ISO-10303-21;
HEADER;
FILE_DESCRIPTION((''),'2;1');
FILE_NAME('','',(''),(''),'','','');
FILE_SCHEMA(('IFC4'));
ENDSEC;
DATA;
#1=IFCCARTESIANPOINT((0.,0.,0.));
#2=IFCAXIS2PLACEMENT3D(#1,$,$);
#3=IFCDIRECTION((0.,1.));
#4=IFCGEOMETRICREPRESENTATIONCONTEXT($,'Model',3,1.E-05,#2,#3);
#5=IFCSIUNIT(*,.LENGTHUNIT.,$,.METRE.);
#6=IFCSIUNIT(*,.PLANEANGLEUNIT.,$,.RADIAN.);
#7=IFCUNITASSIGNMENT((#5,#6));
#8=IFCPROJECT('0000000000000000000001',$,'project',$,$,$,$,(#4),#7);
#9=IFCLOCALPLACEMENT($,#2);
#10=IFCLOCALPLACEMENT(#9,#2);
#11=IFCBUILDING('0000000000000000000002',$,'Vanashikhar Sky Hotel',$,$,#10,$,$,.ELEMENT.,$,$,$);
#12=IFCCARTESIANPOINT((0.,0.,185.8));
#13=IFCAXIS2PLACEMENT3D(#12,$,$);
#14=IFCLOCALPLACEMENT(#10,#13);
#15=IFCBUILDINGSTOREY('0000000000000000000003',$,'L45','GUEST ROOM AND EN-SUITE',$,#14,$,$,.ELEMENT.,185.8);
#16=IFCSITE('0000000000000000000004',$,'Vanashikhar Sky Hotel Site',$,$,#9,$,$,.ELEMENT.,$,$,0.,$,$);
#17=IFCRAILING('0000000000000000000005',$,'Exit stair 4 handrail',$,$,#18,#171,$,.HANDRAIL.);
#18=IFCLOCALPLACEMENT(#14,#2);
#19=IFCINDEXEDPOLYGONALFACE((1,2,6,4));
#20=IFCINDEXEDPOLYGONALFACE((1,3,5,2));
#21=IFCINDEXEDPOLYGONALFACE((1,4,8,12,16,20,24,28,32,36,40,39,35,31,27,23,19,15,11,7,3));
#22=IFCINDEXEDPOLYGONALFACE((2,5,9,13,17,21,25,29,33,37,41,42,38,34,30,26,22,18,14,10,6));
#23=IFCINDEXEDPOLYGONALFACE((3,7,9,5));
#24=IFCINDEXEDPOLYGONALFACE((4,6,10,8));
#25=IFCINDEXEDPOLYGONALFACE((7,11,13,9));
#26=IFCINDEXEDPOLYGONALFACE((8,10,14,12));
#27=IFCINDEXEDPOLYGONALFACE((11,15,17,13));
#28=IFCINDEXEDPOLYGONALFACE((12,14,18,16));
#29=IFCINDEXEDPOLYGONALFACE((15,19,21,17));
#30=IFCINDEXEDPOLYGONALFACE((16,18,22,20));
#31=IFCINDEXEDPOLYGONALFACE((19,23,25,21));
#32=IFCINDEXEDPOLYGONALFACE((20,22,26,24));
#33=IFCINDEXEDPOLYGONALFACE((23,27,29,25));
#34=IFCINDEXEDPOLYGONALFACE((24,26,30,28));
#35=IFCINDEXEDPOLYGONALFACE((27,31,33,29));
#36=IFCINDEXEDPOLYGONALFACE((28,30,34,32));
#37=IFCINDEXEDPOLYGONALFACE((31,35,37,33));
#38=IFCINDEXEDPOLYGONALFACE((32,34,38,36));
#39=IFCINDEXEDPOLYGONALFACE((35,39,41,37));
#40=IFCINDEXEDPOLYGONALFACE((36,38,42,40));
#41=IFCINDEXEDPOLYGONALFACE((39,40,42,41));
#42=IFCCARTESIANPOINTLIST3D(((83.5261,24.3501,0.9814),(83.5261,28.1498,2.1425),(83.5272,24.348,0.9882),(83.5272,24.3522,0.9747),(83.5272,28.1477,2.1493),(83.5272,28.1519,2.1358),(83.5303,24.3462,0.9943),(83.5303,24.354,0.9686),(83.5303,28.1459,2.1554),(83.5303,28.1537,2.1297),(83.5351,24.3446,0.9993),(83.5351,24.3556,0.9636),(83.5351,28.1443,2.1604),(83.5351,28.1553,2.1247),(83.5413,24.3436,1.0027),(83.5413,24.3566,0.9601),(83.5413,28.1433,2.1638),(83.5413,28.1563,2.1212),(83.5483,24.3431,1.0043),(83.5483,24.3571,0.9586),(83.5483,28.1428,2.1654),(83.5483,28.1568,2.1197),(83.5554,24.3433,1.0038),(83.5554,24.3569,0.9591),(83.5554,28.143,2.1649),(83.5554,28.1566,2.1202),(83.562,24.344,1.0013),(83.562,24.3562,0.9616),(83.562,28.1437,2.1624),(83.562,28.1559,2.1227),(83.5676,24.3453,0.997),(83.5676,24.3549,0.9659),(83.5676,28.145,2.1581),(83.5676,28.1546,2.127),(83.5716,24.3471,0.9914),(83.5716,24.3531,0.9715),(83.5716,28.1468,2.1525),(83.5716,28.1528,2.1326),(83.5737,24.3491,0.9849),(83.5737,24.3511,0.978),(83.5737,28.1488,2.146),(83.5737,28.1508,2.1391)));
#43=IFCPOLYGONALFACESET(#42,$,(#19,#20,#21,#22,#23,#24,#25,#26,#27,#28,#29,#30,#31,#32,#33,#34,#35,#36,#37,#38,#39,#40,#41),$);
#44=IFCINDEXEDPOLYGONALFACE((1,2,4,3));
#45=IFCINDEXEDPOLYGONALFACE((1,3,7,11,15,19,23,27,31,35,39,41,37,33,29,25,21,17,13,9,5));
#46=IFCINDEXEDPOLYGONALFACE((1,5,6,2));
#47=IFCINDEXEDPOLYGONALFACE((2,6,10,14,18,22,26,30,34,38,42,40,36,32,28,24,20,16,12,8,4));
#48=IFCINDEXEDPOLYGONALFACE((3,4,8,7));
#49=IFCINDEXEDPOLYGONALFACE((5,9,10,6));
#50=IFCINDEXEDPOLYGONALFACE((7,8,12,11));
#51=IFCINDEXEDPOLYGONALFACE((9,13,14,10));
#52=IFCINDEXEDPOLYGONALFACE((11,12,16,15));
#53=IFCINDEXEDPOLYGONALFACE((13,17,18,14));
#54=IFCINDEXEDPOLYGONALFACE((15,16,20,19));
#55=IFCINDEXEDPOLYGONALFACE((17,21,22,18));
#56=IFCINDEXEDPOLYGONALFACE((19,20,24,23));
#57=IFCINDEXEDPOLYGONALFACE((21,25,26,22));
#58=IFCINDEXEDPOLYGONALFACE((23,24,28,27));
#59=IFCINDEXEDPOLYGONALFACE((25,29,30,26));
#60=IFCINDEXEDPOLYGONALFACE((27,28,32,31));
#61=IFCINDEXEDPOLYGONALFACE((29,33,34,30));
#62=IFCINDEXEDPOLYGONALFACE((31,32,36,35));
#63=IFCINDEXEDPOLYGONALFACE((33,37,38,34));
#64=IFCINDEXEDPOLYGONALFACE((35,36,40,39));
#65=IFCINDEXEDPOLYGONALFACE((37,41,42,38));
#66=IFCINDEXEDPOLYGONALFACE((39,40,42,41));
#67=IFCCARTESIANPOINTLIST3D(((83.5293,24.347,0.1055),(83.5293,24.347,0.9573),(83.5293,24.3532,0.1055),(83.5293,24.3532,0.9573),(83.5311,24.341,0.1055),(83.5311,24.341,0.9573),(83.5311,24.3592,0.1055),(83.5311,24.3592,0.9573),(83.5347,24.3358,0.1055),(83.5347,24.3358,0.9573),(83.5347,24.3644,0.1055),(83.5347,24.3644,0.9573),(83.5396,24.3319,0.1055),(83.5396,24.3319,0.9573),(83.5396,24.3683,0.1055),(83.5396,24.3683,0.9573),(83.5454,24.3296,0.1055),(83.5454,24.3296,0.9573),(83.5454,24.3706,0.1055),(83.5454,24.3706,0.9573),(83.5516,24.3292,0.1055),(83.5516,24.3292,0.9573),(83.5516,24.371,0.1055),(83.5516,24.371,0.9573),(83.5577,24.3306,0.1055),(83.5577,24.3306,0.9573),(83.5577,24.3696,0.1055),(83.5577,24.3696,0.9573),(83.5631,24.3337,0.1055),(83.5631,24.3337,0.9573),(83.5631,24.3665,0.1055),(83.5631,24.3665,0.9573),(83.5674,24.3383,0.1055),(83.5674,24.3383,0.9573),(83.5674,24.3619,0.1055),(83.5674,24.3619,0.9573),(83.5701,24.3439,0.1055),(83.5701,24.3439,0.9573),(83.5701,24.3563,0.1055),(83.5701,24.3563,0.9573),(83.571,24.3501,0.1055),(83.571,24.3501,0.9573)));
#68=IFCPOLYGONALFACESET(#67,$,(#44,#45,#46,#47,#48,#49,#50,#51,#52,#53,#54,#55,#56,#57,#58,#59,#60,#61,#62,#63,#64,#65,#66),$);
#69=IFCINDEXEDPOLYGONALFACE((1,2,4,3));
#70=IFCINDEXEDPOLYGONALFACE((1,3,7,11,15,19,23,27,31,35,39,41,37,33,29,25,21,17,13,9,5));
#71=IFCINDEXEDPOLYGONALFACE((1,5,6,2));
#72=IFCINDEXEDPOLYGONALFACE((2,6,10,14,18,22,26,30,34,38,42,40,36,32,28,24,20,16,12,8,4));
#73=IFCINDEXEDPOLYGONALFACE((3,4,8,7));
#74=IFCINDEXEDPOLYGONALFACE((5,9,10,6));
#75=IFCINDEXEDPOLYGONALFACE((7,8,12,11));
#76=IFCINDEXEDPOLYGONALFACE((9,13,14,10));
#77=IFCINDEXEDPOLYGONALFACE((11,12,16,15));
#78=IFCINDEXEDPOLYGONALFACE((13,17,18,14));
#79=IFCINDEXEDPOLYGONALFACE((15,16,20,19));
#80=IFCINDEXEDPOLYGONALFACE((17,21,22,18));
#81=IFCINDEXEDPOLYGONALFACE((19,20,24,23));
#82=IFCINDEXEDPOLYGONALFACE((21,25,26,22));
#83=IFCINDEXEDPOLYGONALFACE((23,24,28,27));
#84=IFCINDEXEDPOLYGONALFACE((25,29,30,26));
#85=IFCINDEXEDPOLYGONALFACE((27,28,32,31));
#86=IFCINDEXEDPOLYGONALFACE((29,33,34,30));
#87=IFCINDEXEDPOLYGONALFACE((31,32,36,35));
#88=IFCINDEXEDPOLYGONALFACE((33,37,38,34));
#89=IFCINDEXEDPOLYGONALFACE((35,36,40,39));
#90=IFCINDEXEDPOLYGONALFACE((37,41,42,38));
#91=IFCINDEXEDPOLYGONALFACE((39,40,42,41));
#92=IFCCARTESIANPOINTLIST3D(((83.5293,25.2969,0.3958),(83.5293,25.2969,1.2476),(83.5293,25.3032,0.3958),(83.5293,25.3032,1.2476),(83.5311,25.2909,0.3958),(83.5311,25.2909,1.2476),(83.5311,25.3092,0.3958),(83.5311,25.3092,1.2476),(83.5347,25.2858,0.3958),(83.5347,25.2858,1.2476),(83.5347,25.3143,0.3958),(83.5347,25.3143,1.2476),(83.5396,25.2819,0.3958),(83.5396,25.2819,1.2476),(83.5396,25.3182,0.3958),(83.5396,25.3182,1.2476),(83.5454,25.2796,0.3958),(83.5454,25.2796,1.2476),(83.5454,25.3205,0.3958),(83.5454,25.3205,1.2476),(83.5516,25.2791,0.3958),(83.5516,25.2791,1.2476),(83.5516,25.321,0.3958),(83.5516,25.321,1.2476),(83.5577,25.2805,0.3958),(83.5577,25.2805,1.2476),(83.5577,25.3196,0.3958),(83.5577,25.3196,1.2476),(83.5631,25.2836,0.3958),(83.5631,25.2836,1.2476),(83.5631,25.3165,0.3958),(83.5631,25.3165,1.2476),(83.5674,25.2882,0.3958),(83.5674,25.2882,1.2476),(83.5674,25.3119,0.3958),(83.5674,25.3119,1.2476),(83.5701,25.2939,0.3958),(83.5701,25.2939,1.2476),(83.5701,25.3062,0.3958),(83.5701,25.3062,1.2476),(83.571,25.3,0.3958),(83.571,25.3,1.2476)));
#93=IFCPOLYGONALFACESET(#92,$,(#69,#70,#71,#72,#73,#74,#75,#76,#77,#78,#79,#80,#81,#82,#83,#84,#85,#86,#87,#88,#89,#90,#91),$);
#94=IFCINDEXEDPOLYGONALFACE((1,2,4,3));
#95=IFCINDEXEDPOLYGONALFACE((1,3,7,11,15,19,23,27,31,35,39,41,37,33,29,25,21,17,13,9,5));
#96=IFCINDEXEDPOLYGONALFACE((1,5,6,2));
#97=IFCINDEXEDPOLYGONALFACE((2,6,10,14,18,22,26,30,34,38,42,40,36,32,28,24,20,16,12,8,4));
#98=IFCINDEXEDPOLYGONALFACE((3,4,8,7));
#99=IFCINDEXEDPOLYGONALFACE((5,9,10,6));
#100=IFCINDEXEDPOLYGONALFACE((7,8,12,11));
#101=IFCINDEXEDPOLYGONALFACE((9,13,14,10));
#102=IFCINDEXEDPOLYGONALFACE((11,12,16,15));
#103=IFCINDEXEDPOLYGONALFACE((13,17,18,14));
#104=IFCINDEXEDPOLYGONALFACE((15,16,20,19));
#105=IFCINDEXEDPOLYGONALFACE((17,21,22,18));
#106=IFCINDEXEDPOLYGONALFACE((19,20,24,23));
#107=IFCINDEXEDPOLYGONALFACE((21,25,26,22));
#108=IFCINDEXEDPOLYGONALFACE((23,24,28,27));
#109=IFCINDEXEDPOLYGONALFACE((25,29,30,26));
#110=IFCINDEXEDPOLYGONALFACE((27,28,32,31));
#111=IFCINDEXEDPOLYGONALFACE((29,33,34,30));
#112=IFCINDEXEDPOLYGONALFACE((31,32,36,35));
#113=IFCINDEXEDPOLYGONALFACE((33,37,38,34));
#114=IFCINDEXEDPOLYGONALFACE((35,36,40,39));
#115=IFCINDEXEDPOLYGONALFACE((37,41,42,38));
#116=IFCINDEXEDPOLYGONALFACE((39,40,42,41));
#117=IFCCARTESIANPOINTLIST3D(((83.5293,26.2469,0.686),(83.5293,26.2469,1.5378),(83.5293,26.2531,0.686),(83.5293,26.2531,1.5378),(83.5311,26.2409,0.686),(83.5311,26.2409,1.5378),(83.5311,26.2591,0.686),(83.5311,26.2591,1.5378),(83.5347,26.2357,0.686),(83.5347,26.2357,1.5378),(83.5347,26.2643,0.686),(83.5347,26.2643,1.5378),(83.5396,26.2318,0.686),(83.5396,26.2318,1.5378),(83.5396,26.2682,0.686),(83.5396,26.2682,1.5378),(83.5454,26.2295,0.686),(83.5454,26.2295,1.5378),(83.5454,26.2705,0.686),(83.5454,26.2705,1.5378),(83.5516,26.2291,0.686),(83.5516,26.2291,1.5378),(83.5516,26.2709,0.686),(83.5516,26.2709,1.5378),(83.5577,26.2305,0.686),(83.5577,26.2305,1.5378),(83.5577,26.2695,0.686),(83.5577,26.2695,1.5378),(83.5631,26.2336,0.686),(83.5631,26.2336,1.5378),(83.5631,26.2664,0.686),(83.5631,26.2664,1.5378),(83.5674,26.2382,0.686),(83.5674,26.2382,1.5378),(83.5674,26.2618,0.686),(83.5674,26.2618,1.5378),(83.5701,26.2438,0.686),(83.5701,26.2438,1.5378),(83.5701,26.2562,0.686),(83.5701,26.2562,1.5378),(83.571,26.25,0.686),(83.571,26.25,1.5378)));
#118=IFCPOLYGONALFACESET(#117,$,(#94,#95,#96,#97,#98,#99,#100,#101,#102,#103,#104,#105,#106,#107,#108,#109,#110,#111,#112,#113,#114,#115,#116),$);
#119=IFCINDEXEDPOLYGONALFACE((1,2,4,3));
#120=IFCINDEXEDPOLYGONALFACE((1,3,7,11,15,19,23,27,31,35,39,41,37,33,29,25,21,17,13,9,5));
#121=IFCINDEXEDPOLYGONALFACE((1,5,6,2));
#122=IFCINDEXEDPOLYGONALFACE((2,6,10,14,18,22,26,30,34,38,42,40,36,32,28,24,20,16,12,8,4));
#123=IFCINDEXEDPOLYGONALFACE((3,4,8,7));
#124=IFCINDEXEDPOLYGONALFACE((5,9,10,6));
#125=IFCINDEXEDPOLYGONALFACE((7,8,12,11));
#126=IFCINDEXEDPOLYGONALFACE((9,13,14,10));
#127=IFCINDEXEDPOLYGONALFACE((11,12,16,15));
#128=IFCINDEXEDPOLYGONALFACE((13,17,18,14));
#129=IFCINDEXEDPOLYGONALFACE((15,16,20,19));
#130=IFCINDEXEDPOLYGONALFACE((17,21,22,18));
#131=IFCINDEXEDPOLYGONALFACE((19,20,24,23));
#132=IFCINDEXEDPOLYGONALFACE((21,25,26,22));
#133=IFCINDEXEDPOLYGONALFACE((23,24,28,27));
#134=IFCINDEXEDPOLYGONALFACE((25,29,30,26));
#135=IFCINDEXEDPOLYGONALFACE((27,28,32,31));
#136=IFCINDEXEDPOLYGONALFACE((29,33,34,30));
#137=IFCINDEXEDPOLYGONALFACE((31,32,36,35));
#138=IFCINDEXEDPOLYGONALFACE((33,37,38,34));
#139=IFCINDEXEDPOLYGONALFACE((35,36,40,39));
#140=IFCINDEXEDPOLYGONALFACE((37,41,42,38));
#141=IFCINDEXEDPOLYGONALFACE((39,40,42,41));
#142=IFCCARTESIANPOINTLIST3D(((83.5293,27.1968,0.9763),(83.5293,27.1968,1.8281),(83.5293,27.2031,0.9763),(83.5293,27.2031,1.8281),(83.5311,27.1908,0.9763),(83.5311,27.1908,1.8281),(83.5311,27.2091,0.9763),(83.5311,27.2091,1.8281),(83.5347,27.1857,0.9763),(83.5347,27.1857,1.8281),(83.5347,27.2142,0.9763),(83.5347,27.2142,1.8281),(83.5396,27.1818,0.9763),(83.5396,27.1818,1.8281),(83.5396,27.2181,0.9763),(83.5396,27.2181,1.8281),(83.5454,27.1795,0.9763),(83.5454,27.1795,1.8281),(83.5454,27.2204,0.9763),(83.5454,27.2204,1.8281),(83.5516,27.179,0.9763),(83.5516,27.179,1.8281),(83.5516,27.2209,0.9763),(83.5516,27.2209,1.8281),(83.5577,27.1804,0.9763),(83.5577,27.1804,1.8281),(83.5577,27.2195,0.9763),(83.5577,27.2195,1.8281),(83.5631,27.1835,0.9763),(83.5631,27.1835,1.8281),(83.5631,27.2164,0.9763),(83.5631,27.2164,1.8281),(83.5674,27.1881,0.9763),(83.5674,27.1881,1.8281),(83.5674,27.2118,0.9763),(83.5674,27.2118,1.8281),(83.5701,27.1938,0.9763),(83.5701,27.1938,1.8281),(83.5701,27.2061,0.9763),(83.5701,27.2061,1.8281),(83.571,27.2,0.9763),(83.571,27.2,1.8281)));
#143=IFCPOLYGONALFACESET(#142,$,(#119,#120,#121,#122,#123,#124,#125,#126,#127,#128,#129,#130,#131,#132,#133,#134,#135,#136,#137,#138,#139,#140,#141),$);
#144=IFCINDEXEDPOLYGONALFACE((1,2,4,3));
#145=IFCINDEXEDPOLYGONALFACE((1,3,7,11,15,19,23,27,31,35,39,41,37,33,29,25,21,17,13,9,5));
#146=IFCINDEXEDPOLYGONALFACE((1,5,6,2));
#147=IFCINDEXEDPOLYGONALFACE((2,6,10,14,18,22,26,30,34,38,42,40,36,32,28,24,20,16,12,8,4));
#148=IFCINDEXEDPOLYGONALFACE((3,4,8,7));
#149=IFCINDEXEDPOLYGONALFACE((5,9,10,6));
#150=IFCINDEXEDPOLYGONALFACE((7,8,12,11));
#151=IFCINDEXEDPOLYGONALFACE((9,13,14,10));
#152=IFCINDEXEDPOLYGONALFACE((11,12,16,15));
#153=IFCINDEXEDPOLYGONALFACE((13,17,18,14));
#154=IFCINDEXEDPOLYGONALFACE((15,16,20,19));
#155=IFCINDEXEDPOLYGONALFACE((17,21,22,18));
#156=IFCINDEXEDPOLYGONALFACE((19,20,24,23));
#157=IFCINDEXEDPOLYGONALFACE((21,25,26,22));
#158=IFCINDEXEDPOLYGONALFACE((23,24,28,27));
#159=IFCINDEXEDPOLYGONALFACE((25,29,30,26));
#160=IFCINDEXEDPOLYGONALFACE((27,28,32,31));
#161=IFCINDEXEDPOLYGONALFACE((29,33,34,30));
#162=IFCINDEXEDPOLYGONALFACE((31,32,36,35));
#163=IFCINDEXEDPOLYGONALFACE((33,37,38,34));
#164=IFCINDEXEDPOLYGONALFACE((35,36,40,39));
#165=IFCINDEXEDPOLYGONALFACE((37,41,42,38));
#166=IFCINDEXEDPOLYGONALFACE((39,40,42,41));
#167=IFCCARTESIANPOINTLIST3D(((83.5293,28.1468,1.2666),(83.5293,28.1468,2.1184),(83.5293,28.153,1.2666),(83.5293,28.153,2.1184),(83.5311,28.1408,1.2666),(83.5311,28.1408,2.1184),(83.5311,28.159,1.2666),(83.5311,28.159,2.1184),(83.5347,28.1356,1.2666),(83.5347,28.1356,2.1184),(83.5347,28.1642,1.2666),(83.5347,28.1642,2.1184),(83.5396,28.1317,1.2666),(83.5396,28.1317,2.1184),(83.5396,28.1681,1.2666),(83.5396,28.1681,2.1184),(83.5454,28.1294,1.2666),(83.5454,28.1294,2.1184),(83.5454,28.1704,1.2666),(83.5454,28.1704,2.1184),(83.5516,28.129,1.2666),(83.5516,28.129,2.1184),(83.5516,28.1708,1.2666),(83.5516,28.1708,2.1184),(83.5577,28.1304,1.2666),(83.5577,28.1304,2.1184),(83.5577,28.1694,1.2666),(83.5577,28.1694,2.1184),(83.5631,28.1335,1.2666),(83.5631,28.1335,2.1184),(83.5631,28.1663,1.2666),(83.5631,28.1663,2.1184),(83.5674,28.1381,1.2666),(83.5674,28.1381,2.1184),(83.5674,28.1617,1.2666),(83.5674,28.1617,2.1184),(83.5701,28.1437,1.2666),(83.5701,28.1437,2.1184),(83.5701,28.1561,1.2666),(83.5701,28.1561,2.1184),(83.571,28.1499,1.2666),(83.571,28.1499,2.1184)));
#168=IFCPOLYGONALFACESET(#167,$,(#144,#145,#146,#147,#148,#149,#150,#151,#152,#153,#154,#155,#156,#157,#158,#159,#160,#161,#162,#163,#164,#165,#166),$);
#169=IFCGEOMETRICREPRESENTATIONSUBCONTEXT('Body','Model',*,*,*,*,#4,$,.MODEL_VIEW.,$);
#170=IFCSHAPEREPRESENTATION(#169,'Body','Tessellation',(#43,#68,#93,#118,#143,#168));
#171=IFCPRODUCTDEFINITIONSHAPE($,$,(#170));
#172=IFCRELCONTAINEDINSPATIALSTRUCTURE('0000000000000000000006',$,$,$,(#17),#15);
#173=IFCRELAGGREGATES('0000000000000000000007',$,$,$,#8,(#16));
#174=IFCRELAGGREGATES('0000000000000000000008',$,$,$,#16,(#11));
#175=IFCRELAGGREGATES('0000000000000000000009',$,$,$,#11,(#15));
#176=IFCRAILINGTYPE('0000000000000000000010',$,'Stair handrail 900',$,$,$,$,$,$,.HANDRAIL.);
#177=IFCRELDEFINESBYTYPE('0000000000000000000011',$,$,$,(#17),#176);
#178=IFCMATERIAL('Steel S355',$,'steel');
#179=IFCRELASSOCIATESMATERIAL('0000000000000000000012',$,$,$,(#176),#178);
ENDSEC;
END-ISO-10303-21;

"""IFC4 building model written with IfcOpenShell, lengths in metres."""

from ifc_helpers import new_model, si_unit, direction, frame, origin, origin_2d, place, context, subcontext, project, spatial, circle, extrude, source, transform, mapped, material, type_object, element, save


model = new_model("IFC4")

# Units and contexts
model_context = context("Model", 3, precision=1e-05, world=origin(), true_north=direction((0.0, 1.0)))
body_context = subcontext(model_context, "Body", "Model", "MODEL_VIEW")
ifc_project = project(units=[si_unit("LENGTHUNIT", "METRE"), si_unit("PLANEANGLEUNIT", "RADIAN")], contexts=[model_context])

# Site, building, storey
site_placement = place(None, origin())
site = spatial("IfcSite", under=ifc_project, at=site_placement, Name="Vanashikhar Sky Hotel Site", CompositionType="ELEMENT", RefElevation=0.0)
building_placement = place(site_placement, origin())
building = spatial("IfcBuilding", under=site, at=building_placement, Name="Vanashikhar Sky Hotel", CompositionType="ELEMENT")
storey_placement = place(building_placement, frame((0.0, 0.0, 185.8)))
storey = spatial("IfcBuildingStorey", under=building, at=storey_placement, Name="L45", Description="GUEST ROOM AND EN-SUITE", CompositionType="ELEMENT", Elevation=185.8)

# Railing
ifc_material_1 = material(Name="Steel S355", Category="steel")
railing_type_1 = type_object("IfcRailingType", Name="Stair handrail 900", PredefinedType="HANDRAIL", material=ifc_material_1)
shared_shape_1 = source(origin(), body_context, "Body", "SweptSolid", [
    extrude(circle(Radius=0.0239, at=origin_2d()), frame((0.0, 0.0, 0.876), z_axis=(0.0, 0.956346, 0.292237), x_axis=(-1.0, 0.0, 0.0)), (0.0, 0.0, 1.0), 3.9731),
    extrude(circle(Radius=0.021, at=origin_2d()), origin(), (0.0, 0.0, 1.0), 0.8518),
    extrude(circle(Radius=0.021, at=origin_2d()), frame((0.0, 0.95, 0.2903)), (0.0, 0.0, 1.0), 0.8518),
    extrude(circle(Radius=0.021, at=origin_2d()), frame((0.0, 1.8999, 0.5806)), (0.0, 0.0, 1.0), 0.8518),
    extrude(circle(Radius=0.021, at=origin_2d()), frame((0.0, 2.8499, 0.8708)), (0.0, 0.0, 1.0), 0.8518),
    extrude(circle(Radius=0.021, at=origin_2d()), frame((0.0, 3.7998, 1.1611)), (0.0, 0.0, 1.0), 0.8518),
])
for number, where, name in (
    (1, (83.55, 24.3501, 0.1055), "Exit stair 4 handrail"),
):
    element("IfcRailing", number, at=place(storey_placement, frame(where)), inside=storey, type_object=railing_type_1, Name=name, PredefinedType="HANDRAIL", context=body_context, shape_type="MappedRepresentation", body=[
        mapped(shared_shape_1, transform((0.0, 0.0, 0.0), scale=1.0)),
    ])

save(model, "model.ifc")
